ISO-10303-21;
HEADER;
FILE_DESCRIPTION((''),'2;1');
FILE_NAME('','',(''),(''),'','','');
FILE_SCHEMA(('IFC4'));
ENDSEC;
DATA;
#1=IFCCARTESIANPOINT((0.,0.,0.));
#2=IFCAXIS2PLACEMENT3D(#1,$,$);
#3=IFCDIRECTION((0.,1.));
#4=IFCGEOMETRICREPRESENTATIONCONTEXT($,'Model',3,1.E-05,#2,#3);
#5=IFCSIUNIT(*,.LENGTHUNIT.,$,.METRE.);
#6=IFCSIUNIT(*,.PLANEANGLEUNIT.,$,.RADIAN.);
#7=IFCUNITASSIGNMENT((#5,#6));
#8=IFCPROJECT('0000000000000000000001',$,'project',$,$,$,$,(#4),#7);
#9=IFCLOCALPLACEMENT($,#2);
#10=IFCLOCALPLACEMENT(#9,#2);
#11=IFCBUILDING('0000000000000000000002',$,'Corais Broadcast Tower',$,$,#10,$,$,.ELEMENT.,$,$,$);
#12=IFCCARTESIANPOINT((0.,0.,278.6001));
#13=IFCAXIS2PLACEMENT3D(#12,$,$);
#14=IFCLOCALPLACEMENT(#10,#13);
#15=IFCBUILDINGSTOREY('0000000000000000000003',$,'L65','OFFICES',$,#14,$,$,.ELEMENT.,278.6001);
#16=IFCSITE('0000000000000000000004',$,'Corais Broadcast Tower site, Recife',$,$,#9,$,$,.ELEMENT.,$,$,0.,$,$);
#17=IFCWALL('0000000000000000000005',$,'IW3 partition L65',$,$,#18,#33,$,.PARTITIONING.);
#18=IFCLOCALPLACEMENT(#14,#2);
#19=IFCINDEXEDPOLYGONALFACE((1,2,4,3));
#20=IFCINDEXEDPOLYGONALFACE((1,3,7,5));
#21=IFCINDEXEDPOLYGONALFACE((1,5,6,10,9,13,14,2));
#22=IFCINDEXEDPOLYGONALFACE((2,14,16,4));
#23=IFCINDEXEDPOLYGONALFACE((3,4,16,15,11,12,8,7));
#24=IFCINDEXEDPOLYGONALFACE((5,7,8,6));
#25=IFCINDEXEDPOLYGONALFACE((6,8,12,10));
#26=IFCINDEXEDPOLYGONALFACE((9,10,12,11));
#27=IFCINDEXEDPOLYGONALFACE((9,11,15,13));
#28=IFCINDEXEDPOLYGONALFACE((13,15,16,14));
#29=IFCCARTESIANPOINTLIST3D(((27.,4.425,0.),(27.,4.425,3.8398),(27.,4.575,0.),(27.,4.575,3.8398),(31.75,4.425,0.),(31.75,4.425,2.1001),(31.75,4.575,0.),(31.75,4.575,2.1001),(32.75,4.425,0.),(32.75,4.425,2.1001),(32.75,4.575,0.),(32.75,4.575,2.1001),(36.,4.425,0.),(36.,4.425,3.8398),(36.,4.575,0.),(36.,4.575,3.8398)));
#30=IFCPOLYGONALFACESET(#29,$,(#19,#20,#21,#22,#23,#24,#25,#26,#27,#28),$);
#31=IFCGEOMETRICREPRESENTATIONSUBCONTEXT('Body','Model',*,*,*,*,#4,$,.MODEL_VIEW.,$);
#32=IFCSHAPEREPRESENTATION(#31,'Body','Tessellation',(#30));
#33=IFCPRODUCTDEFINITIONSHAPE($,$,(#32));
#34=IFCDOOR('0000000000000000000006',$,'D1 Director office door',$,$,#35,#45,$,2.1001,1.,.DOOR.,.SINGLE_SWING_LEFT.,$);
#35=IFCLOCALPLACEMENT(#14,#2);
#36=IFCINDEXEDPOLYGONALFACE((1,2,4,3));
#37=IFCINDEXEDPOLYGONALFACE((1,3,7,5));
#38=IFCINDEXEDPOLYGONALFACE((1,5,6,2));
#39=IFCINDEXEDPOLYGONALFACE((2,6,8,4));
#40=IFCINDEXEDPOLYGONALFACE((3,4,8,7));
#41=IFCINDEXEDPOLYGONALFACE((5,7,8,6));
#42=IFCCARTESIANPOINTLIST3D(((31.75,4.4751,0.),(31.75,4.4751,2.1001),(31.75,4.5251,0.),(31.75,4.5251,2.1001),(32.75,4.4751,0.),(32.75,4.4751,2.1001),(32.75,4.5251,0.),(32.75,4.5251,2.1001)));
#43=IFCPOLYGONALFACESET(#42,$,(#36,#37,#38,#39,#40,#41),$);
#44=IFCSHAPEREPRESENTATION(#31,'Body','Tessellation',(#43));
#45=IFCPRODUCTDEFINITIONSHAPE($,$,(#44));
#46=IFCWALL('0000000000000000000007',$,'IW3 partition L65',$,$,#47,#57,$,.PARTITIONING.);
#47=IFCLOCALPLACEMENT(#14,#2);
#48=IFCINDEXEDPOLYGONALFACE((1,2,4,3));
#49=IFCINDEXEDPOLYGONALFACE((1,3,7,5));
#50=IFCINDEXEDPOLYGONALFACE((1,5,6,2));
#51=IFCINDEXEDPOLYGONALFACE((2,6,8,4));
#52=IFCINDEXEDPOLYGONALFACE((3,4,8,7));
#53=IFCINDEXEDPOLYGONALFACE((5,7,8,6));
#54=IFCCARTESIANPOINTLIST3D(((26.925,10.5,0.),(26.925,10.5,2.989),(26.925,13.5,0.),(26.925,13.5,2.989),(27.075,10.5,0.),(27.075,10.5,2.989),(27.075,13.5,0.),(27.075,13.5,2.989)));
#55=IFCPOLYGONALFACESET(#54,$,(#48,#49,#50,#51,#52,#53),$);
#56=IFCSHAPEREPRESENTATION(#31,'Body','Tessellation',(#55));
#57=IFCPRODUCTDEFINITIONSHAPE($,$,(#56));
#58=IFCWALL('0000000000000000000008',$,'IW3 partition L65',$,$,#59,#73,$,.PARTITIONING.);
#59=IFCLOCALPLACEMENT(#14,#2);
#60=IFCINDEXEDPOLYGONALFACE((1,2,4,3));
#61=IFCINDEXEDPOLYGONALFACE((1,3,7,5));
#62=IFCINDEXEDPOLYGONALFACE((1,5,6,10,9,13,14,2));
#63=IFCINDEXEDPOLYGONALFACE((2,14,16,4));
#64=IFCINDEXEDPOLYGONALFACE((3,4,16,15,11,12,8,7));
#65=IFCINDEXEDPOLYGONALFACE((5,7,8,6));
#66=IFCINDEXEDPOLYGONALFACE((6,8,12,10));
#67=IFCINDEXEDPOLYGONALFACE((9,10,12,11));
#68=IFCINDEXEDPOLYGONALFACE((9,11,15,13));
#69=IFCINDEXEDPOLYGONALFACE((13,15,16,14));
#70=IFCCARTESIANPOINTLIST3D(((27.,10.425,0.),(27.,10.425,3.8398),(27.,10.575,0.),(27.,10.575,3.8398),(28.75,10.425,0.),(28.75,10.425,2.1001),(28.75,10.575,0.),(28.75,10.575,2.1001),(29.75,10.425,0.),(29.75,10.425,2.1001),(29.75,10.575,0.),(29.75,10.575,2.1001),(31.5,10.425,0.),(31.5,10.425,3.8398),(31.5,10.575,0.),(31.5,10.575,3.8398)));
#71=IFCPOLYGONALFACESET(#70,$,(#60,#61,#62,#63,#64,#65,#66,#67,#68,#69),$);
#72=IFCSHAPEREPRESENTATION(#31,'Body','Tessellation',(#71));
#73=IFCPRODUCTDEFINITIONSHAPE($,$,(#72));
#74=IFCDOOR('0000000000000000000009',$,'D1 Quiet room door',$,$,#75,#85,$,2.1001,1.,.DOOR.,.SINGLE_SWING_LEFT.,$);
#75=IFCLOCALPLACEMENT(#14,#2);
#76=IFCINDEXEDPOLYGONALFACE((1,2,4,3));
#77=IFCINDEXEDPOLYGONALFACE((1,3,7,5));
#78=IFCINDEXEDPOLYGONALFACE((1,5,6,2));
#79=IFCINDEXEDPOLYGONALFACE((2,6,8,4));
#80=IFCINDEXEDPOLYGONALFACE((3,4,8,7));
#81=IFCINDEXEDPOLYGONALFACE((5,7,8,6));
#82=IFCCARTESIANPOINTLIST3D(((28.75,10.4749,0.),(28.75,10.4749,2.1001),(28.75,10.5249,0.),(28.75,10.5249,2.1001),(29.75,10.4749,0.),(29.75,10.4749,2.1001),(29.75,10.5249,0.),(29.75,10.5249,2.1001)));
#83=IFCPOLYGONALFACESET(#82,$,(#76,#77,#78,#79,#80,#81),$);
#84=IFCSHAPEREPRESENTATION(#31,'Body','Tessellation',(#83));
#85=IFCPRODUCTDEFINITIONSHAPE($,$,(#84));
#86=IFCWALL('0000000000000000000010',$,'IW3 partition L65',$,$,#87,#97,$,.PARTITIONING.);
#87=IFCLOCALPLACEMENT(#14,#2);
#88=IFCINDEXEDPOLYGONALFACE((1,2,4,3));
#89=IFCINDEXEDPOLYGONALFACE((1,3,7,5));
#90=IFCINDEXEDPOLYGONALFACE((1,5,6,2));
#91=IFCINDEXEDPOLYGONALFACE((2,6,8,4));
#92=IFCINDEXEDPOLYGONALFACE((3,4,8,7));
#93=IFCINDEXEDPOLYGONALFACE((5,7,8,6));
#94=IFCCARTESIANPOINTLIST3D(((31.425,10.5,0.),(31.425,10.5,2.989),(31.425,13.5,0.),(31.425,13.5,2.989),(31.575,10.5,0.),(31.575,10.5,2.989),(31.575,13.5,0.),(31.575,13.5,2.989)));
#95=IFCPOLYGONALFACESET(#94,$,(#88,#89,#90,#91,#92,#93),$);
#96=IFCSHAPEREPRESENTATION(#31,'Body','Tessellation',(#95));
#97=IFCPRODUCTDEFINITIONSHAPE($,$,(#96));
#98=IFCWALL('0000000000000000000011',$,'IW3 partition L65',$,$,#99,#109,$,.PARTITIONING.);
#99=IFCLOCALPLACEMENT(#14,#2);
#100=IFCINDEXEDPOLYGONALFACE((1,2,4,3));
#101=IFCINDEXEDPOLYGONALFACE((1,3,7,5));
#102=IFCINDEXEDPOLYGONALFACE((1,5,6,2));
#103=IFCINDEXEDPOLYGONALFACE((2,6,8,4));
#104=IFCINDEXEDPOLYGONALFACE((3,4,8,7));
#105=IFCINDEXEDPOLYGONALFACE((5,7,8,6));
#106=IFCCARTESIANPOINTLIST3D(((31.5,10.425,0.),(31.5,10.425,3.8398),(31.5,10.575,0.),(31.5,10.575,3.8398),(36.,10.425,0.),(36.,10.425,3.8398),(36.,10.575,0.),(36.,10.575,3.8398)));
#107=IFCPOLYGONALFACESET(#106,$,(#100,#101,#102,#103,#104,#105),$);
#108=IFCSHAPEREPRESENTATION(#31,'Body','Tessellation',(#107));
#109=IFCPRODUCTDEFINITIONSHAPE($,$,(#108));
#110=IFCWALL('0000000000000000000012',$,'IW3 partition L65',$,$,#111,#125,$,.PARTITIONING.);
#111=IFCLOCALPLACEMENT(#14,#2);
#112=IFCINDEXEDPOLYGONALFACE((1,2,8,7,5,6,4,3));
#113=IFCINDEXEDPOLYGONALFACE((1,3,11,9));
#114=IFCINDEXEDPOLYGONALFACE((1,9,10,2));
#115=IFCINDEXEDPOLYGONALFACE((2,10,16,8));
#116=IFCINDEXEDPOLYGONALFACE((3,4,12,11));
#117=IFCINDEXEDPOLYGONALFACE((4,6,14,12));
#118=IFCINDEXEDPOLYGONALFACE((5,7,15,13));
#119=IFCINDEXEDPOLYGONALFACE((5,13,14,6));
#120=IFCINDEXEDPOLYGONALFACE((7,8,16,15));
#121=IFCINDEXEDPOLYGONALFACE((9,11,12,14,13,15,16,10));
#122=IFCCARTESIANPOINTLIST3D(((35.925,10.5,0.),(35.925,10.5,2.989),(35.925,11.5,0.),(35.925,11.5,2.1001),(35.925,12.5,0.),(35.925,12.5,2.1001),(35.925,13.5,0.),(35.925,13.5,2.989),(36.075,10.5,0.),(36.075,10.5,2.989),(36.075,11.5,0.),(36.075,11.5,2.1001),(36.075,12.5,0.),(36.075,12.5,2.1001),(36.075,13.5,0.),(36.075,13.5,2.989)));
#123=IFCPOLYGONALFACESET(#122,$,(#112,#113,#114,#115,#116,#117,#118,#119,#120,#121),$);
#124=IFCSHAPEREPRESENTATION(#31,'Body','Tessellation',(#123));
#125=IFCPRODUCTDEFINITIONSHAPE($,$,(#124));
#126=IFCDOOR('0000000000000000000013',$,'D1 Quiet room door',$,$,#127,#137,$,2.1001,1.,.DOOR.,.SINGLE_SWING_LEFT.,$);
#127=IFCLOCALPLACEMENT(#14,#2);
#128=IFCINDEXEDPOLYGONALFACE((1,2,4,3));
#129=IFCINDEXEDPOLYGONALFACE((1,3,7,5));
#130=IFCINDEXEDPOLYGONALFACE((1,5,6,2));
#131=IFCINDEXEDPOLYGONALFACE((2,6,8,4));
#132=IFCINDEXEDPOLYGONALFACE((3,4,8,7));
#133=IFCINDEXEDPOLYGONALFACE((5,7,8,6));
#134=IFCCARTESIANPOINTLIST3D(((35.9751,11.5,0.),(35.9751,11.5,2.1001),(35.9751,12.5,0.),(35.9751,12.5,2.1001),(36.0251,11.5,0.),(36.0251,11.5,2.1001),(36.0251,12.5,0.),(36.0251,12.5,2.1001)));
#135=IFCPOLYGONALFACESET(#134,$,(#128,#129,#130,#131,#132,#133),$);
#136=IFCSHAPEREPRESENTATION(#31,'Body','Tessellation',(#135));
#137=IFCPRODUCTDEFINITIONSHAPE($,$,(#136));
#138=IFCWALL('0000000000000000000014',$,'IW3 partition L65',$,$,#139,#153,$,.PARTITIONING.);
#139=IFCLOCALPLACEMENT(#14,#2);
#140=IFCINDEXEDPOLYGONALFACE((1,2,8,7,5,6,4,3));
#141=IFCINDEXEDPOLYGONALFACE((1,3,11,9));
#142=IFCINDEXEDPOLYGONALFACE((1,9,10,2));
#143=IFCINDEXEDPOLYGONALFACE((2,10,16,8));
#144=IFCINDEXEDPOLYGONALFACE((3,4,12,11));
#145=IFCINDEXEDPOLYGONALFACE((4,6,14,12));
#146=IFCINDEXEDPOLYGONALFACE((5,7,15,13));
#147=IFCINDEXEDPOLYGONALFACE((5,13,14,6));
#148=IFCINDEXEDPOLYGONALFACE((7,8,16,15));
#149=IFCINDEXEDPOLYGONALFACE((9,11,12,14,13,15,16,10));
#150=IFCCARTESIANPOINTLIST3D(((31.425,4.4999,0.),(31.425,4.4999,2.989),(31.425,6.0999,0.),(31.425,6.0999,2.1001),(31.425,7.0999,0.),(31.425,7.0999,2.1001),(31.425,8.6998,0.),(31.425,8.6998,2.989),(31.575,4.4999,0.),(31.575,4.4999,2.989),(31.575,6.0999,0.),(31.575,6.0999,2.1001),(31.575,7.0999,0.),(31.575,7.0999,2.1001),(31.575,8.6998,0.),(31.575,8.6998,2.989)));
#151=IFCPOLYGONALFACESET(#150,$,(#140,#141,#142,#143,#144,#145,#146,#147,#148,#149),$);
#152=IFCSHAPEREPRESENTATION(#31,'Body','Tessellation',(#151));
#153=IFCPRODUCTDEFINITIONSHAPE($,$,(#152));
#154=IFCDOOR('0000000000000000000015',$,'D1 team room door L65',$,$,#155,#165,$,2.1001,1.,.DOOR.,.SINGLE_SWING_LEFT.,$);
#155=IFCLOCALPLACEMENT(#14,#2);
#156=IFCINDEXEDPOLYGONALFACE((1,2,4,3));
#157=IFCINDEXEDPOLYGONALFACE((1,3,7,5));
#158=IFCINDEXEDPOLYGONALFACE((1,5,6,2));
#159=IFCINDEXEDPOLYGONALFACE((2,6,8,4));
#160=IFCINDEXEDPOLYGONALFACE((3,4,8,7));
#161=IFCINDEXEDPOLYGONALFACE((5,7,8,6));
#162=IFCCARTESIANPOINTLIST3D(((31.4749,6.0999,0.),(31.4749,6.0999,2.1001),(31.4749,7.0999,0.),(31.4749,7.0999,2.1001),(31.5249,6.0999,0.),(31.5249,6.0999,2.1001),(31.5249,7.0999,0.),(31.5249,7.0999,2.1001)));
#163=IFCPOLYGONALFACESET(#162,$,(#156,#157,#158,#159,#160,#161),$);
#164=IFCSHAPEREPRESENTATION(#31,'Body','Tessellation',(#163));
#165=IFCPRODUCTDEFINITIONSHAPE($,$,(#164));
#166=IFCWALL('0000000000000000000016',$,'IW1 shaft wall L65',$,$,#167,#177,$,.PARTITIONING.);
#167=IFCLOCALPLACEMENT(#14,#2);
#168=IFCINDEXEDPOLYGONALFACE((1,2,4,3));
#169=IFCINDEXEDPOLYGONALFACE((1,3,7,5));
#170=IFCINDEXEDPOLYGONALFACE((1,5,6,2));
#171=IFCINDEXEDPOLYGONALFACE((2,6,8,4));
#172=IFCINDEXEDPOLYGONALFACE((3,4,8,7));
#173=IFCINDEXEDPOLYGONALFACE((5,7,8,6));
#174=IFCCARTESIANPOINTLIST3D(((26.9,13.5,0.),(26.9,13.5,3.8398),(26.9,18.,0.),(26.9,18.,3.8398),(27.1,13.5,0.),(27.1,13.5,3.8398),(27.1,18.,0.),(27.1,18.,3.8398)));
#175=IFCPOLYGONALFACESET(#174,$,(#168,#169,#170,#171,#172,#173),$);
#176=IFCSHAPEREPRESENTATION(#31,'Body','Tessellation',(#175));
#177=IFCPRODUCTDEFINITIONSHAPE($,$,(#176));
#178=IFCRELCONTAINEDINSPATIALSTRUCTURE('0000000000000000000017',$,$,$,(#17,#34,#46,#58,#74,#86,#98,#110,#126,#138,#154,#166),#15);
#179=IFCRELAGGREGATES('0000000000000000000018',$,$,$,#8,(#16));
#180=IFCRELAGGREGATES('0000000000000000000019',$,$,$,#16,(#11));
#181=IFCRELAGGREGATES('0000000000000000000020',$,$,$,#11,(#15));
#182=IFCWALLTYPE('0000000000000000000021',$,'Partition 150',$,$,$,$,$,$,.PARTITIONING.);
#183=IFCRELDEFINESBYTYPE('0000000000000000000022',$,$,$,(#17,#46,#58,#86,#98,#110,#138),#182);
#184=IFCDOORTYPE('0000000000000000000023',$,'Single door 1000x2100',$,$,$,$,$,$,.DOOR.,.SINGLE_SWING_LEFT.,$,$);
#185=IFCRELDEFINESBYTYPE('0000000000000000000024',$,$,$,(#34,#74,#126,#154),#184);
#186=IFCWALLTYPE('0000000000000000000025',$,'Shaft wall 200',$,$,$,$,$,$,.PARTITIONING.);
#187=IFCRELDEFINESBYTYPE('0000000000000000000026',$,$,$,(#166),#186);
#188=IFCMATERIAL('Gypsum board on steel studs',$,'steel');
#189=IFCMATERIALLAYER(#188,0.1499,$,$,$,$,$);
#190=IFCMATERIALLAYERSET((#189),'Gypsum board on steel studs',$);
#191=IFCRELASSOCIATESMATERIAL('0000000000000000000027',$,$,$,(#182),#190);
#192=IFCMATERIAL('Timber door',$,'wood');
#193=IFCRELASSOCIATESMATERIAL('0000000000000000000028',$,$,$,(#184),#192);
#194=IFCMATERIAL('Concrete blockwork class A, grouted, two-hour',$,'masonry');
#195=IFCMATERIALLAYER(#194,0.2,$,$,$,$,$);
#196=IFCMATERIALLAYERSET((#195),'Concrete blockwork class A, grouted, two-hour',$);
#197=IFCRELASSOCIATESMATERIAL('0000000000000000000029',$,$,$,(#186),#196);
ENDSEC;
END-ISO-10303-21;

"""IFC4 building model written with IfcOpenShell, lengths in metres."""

from ifc_helpers import new_model, si_unit, direction, frame, frame_2d, origin, place, context, subcontext, project, spatial, rectangle, extrude, material, layer, layer_set, type_object, element, fill, save


model = new_model("IFC4")

# Units and contexts
model_context = context("Model", 3, precision=1e-05, world=origin(), true_north=direction((0.0, 1.0)))
body_context = subcontext(model_context, "Body", "Model", "MODEL_VIEW")
ifc_project = project(units=[si_unit("LENGTHUNIT", "METRE"), si_unit("PLANEANGLEUNIT", "RADIAN")], contexts=[model_context])

# Site, building, storey
site_placement = place(None, origin())
site = spatial("IfcSite", under=ifc_project, at=site_placement, Name="Corais Broadcast Tower site, Recife", CompositionType="ELEMENT", RefElevation=0.0)
building_placement = place(site_placement, origin())
building = spatial("IfcBuilding", under=site, at=building_placement, Name="Corais Broadcast Tower", CompositionType="ELEMENT")
storey_placement = place(building_placement, frame((0.0, 0.0, 278.6001)))
storey = spatial("IfcBuildingStorey", under=building, at=storey_placement, Name="L65", Description="OFFICES", CompositionType="ELEMENT", Elevation=278.6001)

# Shared definitions
ifc_material_1 = material(Name="Gypsum board on steel studs", Category="steel")
ifc_layer_1 = layer(ifc_material_1, 0.1499)
ifc_layer_set_1 = layer_set([ifc_layer_1], Name="Gypsum board on steel studs")
wall_type_1 = type_object("IfcWallType", Name="Partition 150", PredefinedType="PARTITIONING", material=ifc_layer_set_1)

# Wall, opening, door
ifc_material_2 = material(Name="Timber door", Category="wood")
door_type = type_object("IfcDoorType", Name="Single door 1000x2100", OperationType="SINGLE_SWING_LEFT", PredefinedType="DOOR", material=ifc_material_2)
wall_1_placement = place(storey_placement, frame((36.0, 4.5, 0.0), z_axis=(0.0, 0.0, 1.0), x_axis=(-1.0, 0.0, 0.0)))
wall_1 = element("IfcWall", 1, at=wall_1_placement, inside=storey, type_object=wall_type_1, Name="IW3 partition L65", PredefinedType="PARTITIONING", context=body_context, shape_type="SweptSolid", body=[
    extrude(rectangle(XDim=9.0, YDim=0.1499, at=frame_2d((4.5, 0.0))), origin(), (0.0, 0.0, 1.0), 3.8398),
])
opening_1_placement = place(wall_1_placement, frame((3.25, 0.0, 0.0)))
opening_1 = element("IfcOpeningElement", 2, at=opening_1_placement, cuts=wall_1, PredefinedType="OPENING", context=body_context, shape_type="SweptSolid", body=[
    extrude(rectangle(XDim=1.0, YDim=2.1001, at=frame_2d((0.5, 1.05))), frame((0.0, 0.085, 0.0), z_axis=(0.0, -1.0, 0.0), x_axis=(1.0, 0.0, 0.0)), (0.0, 0.0, 1.0), 0.1699),
])
door_1_placement = place(opening_1_placement, origin())
door_1 = element("IfcDoor", 3, at=door_1_placement, inside=storey, type_object=door_type, Name="D1 Director office door", OperationType="SINGLE_SWING_LEFT", OverallHeight=2.1001, OverallWidth=1.0, PredefinedType="DOOR", context=body_context, shape_type="SweptSolid", body=[
    extrude(rectangle(XDim=1.0, YDim=2.1001, at=frame_2d((0.5, 1.05))), frame((0.0, 0.0249, 0.0), z_axis=(0.0, -1.0, 0.0), x_axis=(1.0, 0.0, 0.0)), (0.0, 0.0, 1.0), 0.05),
])
fill(opening_1, door_1)

# Wall
wall_2_placement = place(storey_placement, frame((27.0, 10.5, 0.0), z_axis=(0.0, 0.0, 1.0), x_axis=(0.0, 1.0, 0.0)))
element("IfcWall", 4, at=wall_2_placement, inside=storey, type_object=wall_type_1, Name="IW3 partition L65", PredefinedType="PARTITIONING", context=body_context, shape_type="SweptSolid", body=[
    extrude(rectangle(XDim=3.0, YDim=0.1499, at=frame_2d((1.5, 0.0))), origin(), (0.0, 0.0, 1.0), 2.989),
])

# Wall, opening, door
wall_3_placement = place(storey_placement, frame((27.0, 10.5, 0.0), z_axis=(0.0, 0.0, 1.0), x_axis=(1.0, 0.0, 0.0)))
wall_3 = element("IfcWall", 5, at=wall_3_placement, inside=storey, type_object=wall_type_1, Name="IW3 partition L65", PredefinedType="PARTITIONING", context=body_context, shape_type="SweptSolid", body=[
    extrude(rectangle(XDim=4.5, YDim=0.1499, at=frame_2d((2.25, 0.0))), origin(), (0.0, 0.0, 1.0), 3.8398),
])
opening_2_placement = place(wall_3_placement, frame((1.75, 0.0, 0.0)))
opening_2 = element("IfcOpeningElement", 6, at=opening_2_placement, cuts=wall_3, PredefinedType="OPENING", context=body_context, shape_type="SweptSolid", body=[
    extrude(rectangle(XDim=1.0, YDim=2.1001, at=frame_2d((0.5, 1.05))), frame((0.0, 0.085, 0.0), z_axis=(0.0, -1.0, 0.0), x_axis=(1.0, 0.0, 0.0)), (0.0, 0.0, 1.0), 0.1699),
])
door_2_placement = place(opening_2_placement, origin())
door_2 = element("IfcDoor", 7, at=door_2_placement, inside=storey, type_object=door_type, Name="D1 Quiet room door", OperationType="SINGLE_SWING_LEFT", OverallHeight=2.1001, OverallWidth=1.0, PredefinedType="DOOR", context=body_context, shape_type="SweptSolid", body=[
    extrude(rectangle(XDim=1.0, YDim=2.1001, at=frame_2d((0.5, 1.05))), frame((0.0, 0.0249, 0.0), z_axis=(0.0, -1.0, 0.0), x_axis=(1.0, 0.0, 0.0)), (0.0, 0.0, 1.0), 0.05),
])
fill(opening_2, door_2)

# Walls
wall_4_placement = place(storey_placement, frame((31.5, 10.5, 0.0), z_axis=(0.0, 0.0, 1.0), x_axis=(0.0, 1.0, 0.0)))
element("IfcWall", 8, at=wall_4_placement, inside=storey, type_object=wall_type_1, Name="IW3 partition L65", PredefinedType="PARTITIONING", context=body_context, shape_type="SweptSolid", body=[
    extrude(rectangle(XDim=3.0, YDim=0.1499, at=frame_2d((1.5, 0.0))), origin(), (0.0, 0.0, 1.0), 2.989),
])
wall_5_placement = place(storey_placement, frame((31.5, 10.5, 0.0), z_axis=(0.0, 0.0, 1.0), x_axis=(1.0, 0.0, 0.0)))
element("IfcWall", 9, at=wall_5_placement, inside=storey, type_object=wall_type_1, Name="IW3 partition L65", PredefinedType="PARTITIONING", context=body_context, shape_type="SweptSolid", body=[
    extrude(rectangle(XDim=4.5, YDim=0.1499, at=frame_2d((2.25, 0.0))), origin(), (0.0, 0.0, 1.0), 3.8398),
])

# Walls, openings, doors
wall_6_placement = place(storey_placement, frame((36.0, 10.5, 0.0), z_axis=(0.0, 0.0, 1.0), x_axis=(0.0, 1.0, 0.0)))
wall_6 = element("IfcWall", 10, at=wall_6_placement, inside=storey, type_object=wall_type_1, Name="IW3 partition L65", PredefinedType="PARTITIONING", context=body_context, shape_type="SweptSolid", body=[
    extrude(rectangle(XDim=3.0, YDim=0.1499, at=frame_2d((1.5, 0.0))), origin(), (0.0, 0.0, 1.0), 2.989),
])
opening_3_placement = place(wall_6_placement, frame((1.0, 0.0, 0.0)))
opening_3 = element("IfcOpeningElement", 11, at=opening_3_placement, cuts=wall_6, PredefinedType="OPENING", context=body_context, shape_type="SweptSolid", body=[
    extrude(rectangle(XDim=1.0, YDim=2.1001, at=frame_2d((0.5, 1.05))), frame((0.0, 0.085, 0.0), z_axis=(0.0, -1.0, 0.0), x_axis=(1.0, 0.0, 0.0)), (0.0, 0.0, 1.0), 0.1699),
])
door_3_placement = place(opening_3_placement, origin())
door_3 = element("IfcDoor", 12, at=door_3_placement, inside=storey, type_object=door_type, Name="D1 Quiet room door", OperationType="SINGLE_SWING_LEFT", OverallHeight=2.1001, OverallWidth=1.0, PredefinedType="DOOR", context=body_context, shape_type="SweptSolid", body=[
    extrude(rectangle(XDim=1.0, YDim=2.1001, at=frame_2d((0.5, 1.05))), frame((0.0, 0.0249, 0.0), z_axis=(0.0, -1.0, 0.0), x_axis=(1.0, 0.0, 0.0)), (0.0, 0.0, 1.0), 0.05),
])
fill(opening_3, door_3)
wall_7_placement = place(storey_placement, frame((31.5, 8.7, 0.0), z_axis=(0.0, 0.0, 1.0), x_axis=(0.0, -1.0, 0.0)))
wall_7 = element("IfcWall", 13, at=wall_7_placement, inside=storey, type_object=wall_type_1, Name="IW3 partition L65", PredefinedType="PARTITIONING", context=body_context, shape_type="SweptSolid", body=[
    extrude(rectangle(XDim=4.2, YDim=0.1499, at=frame_2d((2.1001, 0.0))), origin(), (0.0, 0.0, 1.0), 2.989),
])
opening_4_placement = place(wall_7_placement, frame((1.6001, 0.0, 0.0)))
opening_4 = element("IfcOpeningElement", 14, at=opening_4_placement, cuts=wall_7, PredefinedType="OPENING", context=body_context, shape_type="SweptSolid", body=[
    extrude(rectangle(XDim=1.0, YDim=2.1001, at=frame_2d((0.5, 1.05))), frame((0.0, 0.085, 0.0), z_axis=(0.0, -1.0, 0.0), x_axis=(1.0, 0.0, 0.0)), (0.0, 0.0, 1.0), 0.1699),
])
door_4_placement = place(opening_4_placement, origin())
door_4 = element("IfcDoor", 15, at=door_4_placement, inside=storey, type_object=door_type, Name="D1 team room door L65", OperationType="SINGLE_SWING_LEFT", OverallHeight=2.1001, OverallWidth=1.0, PredefinedType="DOOR", context=body_context, shape_type="SweptSolid", body=[
    extrude(rectangle(XDim=1.0, YDim=2.1001, at=frame_2d((0.5, 1.05))), frame((0.0, 0.0249, 0.0), z_axis=(0.0, -1.0, 0.0), x_axis=(1.0, 0.0, 0.0)), (0.0, 0.0, 1.0), 0.05),
])
fill(opening_4, door_4)

# Wall
ifc_material_3 = material(Name="Concrete blockwork class A, grouted, two-hour", Category="masonry")
ifc_layer_2 = layer(ifc_material_3, 0.2)
ifc_layer_set_2 = layer_set([ifc_layer_2], Name="Concrete blockwork class A, grouted, two-hour")
wall_type_2 = type_object("IfcWallType", Name="Shaft wall 200", PredefinedType="PARTITIONING", material=ifc_layer_set_2)
for number, where, z_axis, x_axis, name in (
    (16, (27.0, 13.5, 0.0), (0.0, 0.0, 1.0), (0.0, 1.0, 0.0), "IW1 shaft wall L65"),
):
    element("IfcWall", number, at=place(storey_placement, frame(where, z_axis=z_axis, x_axis=x_axis)), inside=storey, type_object=wall_type_2, Name=name, PredefinedType="PARTITIONING", context=body_context, shape_type="SweptSolid", body=[
        extrude(rectangle(XDim=4.5, YDim=0.2, at=frame_2d((2.25, 0.0))), origin(), (0.0, 0.0, 1.0), 3.8398),
    ])

save(model, "model.ifc")
